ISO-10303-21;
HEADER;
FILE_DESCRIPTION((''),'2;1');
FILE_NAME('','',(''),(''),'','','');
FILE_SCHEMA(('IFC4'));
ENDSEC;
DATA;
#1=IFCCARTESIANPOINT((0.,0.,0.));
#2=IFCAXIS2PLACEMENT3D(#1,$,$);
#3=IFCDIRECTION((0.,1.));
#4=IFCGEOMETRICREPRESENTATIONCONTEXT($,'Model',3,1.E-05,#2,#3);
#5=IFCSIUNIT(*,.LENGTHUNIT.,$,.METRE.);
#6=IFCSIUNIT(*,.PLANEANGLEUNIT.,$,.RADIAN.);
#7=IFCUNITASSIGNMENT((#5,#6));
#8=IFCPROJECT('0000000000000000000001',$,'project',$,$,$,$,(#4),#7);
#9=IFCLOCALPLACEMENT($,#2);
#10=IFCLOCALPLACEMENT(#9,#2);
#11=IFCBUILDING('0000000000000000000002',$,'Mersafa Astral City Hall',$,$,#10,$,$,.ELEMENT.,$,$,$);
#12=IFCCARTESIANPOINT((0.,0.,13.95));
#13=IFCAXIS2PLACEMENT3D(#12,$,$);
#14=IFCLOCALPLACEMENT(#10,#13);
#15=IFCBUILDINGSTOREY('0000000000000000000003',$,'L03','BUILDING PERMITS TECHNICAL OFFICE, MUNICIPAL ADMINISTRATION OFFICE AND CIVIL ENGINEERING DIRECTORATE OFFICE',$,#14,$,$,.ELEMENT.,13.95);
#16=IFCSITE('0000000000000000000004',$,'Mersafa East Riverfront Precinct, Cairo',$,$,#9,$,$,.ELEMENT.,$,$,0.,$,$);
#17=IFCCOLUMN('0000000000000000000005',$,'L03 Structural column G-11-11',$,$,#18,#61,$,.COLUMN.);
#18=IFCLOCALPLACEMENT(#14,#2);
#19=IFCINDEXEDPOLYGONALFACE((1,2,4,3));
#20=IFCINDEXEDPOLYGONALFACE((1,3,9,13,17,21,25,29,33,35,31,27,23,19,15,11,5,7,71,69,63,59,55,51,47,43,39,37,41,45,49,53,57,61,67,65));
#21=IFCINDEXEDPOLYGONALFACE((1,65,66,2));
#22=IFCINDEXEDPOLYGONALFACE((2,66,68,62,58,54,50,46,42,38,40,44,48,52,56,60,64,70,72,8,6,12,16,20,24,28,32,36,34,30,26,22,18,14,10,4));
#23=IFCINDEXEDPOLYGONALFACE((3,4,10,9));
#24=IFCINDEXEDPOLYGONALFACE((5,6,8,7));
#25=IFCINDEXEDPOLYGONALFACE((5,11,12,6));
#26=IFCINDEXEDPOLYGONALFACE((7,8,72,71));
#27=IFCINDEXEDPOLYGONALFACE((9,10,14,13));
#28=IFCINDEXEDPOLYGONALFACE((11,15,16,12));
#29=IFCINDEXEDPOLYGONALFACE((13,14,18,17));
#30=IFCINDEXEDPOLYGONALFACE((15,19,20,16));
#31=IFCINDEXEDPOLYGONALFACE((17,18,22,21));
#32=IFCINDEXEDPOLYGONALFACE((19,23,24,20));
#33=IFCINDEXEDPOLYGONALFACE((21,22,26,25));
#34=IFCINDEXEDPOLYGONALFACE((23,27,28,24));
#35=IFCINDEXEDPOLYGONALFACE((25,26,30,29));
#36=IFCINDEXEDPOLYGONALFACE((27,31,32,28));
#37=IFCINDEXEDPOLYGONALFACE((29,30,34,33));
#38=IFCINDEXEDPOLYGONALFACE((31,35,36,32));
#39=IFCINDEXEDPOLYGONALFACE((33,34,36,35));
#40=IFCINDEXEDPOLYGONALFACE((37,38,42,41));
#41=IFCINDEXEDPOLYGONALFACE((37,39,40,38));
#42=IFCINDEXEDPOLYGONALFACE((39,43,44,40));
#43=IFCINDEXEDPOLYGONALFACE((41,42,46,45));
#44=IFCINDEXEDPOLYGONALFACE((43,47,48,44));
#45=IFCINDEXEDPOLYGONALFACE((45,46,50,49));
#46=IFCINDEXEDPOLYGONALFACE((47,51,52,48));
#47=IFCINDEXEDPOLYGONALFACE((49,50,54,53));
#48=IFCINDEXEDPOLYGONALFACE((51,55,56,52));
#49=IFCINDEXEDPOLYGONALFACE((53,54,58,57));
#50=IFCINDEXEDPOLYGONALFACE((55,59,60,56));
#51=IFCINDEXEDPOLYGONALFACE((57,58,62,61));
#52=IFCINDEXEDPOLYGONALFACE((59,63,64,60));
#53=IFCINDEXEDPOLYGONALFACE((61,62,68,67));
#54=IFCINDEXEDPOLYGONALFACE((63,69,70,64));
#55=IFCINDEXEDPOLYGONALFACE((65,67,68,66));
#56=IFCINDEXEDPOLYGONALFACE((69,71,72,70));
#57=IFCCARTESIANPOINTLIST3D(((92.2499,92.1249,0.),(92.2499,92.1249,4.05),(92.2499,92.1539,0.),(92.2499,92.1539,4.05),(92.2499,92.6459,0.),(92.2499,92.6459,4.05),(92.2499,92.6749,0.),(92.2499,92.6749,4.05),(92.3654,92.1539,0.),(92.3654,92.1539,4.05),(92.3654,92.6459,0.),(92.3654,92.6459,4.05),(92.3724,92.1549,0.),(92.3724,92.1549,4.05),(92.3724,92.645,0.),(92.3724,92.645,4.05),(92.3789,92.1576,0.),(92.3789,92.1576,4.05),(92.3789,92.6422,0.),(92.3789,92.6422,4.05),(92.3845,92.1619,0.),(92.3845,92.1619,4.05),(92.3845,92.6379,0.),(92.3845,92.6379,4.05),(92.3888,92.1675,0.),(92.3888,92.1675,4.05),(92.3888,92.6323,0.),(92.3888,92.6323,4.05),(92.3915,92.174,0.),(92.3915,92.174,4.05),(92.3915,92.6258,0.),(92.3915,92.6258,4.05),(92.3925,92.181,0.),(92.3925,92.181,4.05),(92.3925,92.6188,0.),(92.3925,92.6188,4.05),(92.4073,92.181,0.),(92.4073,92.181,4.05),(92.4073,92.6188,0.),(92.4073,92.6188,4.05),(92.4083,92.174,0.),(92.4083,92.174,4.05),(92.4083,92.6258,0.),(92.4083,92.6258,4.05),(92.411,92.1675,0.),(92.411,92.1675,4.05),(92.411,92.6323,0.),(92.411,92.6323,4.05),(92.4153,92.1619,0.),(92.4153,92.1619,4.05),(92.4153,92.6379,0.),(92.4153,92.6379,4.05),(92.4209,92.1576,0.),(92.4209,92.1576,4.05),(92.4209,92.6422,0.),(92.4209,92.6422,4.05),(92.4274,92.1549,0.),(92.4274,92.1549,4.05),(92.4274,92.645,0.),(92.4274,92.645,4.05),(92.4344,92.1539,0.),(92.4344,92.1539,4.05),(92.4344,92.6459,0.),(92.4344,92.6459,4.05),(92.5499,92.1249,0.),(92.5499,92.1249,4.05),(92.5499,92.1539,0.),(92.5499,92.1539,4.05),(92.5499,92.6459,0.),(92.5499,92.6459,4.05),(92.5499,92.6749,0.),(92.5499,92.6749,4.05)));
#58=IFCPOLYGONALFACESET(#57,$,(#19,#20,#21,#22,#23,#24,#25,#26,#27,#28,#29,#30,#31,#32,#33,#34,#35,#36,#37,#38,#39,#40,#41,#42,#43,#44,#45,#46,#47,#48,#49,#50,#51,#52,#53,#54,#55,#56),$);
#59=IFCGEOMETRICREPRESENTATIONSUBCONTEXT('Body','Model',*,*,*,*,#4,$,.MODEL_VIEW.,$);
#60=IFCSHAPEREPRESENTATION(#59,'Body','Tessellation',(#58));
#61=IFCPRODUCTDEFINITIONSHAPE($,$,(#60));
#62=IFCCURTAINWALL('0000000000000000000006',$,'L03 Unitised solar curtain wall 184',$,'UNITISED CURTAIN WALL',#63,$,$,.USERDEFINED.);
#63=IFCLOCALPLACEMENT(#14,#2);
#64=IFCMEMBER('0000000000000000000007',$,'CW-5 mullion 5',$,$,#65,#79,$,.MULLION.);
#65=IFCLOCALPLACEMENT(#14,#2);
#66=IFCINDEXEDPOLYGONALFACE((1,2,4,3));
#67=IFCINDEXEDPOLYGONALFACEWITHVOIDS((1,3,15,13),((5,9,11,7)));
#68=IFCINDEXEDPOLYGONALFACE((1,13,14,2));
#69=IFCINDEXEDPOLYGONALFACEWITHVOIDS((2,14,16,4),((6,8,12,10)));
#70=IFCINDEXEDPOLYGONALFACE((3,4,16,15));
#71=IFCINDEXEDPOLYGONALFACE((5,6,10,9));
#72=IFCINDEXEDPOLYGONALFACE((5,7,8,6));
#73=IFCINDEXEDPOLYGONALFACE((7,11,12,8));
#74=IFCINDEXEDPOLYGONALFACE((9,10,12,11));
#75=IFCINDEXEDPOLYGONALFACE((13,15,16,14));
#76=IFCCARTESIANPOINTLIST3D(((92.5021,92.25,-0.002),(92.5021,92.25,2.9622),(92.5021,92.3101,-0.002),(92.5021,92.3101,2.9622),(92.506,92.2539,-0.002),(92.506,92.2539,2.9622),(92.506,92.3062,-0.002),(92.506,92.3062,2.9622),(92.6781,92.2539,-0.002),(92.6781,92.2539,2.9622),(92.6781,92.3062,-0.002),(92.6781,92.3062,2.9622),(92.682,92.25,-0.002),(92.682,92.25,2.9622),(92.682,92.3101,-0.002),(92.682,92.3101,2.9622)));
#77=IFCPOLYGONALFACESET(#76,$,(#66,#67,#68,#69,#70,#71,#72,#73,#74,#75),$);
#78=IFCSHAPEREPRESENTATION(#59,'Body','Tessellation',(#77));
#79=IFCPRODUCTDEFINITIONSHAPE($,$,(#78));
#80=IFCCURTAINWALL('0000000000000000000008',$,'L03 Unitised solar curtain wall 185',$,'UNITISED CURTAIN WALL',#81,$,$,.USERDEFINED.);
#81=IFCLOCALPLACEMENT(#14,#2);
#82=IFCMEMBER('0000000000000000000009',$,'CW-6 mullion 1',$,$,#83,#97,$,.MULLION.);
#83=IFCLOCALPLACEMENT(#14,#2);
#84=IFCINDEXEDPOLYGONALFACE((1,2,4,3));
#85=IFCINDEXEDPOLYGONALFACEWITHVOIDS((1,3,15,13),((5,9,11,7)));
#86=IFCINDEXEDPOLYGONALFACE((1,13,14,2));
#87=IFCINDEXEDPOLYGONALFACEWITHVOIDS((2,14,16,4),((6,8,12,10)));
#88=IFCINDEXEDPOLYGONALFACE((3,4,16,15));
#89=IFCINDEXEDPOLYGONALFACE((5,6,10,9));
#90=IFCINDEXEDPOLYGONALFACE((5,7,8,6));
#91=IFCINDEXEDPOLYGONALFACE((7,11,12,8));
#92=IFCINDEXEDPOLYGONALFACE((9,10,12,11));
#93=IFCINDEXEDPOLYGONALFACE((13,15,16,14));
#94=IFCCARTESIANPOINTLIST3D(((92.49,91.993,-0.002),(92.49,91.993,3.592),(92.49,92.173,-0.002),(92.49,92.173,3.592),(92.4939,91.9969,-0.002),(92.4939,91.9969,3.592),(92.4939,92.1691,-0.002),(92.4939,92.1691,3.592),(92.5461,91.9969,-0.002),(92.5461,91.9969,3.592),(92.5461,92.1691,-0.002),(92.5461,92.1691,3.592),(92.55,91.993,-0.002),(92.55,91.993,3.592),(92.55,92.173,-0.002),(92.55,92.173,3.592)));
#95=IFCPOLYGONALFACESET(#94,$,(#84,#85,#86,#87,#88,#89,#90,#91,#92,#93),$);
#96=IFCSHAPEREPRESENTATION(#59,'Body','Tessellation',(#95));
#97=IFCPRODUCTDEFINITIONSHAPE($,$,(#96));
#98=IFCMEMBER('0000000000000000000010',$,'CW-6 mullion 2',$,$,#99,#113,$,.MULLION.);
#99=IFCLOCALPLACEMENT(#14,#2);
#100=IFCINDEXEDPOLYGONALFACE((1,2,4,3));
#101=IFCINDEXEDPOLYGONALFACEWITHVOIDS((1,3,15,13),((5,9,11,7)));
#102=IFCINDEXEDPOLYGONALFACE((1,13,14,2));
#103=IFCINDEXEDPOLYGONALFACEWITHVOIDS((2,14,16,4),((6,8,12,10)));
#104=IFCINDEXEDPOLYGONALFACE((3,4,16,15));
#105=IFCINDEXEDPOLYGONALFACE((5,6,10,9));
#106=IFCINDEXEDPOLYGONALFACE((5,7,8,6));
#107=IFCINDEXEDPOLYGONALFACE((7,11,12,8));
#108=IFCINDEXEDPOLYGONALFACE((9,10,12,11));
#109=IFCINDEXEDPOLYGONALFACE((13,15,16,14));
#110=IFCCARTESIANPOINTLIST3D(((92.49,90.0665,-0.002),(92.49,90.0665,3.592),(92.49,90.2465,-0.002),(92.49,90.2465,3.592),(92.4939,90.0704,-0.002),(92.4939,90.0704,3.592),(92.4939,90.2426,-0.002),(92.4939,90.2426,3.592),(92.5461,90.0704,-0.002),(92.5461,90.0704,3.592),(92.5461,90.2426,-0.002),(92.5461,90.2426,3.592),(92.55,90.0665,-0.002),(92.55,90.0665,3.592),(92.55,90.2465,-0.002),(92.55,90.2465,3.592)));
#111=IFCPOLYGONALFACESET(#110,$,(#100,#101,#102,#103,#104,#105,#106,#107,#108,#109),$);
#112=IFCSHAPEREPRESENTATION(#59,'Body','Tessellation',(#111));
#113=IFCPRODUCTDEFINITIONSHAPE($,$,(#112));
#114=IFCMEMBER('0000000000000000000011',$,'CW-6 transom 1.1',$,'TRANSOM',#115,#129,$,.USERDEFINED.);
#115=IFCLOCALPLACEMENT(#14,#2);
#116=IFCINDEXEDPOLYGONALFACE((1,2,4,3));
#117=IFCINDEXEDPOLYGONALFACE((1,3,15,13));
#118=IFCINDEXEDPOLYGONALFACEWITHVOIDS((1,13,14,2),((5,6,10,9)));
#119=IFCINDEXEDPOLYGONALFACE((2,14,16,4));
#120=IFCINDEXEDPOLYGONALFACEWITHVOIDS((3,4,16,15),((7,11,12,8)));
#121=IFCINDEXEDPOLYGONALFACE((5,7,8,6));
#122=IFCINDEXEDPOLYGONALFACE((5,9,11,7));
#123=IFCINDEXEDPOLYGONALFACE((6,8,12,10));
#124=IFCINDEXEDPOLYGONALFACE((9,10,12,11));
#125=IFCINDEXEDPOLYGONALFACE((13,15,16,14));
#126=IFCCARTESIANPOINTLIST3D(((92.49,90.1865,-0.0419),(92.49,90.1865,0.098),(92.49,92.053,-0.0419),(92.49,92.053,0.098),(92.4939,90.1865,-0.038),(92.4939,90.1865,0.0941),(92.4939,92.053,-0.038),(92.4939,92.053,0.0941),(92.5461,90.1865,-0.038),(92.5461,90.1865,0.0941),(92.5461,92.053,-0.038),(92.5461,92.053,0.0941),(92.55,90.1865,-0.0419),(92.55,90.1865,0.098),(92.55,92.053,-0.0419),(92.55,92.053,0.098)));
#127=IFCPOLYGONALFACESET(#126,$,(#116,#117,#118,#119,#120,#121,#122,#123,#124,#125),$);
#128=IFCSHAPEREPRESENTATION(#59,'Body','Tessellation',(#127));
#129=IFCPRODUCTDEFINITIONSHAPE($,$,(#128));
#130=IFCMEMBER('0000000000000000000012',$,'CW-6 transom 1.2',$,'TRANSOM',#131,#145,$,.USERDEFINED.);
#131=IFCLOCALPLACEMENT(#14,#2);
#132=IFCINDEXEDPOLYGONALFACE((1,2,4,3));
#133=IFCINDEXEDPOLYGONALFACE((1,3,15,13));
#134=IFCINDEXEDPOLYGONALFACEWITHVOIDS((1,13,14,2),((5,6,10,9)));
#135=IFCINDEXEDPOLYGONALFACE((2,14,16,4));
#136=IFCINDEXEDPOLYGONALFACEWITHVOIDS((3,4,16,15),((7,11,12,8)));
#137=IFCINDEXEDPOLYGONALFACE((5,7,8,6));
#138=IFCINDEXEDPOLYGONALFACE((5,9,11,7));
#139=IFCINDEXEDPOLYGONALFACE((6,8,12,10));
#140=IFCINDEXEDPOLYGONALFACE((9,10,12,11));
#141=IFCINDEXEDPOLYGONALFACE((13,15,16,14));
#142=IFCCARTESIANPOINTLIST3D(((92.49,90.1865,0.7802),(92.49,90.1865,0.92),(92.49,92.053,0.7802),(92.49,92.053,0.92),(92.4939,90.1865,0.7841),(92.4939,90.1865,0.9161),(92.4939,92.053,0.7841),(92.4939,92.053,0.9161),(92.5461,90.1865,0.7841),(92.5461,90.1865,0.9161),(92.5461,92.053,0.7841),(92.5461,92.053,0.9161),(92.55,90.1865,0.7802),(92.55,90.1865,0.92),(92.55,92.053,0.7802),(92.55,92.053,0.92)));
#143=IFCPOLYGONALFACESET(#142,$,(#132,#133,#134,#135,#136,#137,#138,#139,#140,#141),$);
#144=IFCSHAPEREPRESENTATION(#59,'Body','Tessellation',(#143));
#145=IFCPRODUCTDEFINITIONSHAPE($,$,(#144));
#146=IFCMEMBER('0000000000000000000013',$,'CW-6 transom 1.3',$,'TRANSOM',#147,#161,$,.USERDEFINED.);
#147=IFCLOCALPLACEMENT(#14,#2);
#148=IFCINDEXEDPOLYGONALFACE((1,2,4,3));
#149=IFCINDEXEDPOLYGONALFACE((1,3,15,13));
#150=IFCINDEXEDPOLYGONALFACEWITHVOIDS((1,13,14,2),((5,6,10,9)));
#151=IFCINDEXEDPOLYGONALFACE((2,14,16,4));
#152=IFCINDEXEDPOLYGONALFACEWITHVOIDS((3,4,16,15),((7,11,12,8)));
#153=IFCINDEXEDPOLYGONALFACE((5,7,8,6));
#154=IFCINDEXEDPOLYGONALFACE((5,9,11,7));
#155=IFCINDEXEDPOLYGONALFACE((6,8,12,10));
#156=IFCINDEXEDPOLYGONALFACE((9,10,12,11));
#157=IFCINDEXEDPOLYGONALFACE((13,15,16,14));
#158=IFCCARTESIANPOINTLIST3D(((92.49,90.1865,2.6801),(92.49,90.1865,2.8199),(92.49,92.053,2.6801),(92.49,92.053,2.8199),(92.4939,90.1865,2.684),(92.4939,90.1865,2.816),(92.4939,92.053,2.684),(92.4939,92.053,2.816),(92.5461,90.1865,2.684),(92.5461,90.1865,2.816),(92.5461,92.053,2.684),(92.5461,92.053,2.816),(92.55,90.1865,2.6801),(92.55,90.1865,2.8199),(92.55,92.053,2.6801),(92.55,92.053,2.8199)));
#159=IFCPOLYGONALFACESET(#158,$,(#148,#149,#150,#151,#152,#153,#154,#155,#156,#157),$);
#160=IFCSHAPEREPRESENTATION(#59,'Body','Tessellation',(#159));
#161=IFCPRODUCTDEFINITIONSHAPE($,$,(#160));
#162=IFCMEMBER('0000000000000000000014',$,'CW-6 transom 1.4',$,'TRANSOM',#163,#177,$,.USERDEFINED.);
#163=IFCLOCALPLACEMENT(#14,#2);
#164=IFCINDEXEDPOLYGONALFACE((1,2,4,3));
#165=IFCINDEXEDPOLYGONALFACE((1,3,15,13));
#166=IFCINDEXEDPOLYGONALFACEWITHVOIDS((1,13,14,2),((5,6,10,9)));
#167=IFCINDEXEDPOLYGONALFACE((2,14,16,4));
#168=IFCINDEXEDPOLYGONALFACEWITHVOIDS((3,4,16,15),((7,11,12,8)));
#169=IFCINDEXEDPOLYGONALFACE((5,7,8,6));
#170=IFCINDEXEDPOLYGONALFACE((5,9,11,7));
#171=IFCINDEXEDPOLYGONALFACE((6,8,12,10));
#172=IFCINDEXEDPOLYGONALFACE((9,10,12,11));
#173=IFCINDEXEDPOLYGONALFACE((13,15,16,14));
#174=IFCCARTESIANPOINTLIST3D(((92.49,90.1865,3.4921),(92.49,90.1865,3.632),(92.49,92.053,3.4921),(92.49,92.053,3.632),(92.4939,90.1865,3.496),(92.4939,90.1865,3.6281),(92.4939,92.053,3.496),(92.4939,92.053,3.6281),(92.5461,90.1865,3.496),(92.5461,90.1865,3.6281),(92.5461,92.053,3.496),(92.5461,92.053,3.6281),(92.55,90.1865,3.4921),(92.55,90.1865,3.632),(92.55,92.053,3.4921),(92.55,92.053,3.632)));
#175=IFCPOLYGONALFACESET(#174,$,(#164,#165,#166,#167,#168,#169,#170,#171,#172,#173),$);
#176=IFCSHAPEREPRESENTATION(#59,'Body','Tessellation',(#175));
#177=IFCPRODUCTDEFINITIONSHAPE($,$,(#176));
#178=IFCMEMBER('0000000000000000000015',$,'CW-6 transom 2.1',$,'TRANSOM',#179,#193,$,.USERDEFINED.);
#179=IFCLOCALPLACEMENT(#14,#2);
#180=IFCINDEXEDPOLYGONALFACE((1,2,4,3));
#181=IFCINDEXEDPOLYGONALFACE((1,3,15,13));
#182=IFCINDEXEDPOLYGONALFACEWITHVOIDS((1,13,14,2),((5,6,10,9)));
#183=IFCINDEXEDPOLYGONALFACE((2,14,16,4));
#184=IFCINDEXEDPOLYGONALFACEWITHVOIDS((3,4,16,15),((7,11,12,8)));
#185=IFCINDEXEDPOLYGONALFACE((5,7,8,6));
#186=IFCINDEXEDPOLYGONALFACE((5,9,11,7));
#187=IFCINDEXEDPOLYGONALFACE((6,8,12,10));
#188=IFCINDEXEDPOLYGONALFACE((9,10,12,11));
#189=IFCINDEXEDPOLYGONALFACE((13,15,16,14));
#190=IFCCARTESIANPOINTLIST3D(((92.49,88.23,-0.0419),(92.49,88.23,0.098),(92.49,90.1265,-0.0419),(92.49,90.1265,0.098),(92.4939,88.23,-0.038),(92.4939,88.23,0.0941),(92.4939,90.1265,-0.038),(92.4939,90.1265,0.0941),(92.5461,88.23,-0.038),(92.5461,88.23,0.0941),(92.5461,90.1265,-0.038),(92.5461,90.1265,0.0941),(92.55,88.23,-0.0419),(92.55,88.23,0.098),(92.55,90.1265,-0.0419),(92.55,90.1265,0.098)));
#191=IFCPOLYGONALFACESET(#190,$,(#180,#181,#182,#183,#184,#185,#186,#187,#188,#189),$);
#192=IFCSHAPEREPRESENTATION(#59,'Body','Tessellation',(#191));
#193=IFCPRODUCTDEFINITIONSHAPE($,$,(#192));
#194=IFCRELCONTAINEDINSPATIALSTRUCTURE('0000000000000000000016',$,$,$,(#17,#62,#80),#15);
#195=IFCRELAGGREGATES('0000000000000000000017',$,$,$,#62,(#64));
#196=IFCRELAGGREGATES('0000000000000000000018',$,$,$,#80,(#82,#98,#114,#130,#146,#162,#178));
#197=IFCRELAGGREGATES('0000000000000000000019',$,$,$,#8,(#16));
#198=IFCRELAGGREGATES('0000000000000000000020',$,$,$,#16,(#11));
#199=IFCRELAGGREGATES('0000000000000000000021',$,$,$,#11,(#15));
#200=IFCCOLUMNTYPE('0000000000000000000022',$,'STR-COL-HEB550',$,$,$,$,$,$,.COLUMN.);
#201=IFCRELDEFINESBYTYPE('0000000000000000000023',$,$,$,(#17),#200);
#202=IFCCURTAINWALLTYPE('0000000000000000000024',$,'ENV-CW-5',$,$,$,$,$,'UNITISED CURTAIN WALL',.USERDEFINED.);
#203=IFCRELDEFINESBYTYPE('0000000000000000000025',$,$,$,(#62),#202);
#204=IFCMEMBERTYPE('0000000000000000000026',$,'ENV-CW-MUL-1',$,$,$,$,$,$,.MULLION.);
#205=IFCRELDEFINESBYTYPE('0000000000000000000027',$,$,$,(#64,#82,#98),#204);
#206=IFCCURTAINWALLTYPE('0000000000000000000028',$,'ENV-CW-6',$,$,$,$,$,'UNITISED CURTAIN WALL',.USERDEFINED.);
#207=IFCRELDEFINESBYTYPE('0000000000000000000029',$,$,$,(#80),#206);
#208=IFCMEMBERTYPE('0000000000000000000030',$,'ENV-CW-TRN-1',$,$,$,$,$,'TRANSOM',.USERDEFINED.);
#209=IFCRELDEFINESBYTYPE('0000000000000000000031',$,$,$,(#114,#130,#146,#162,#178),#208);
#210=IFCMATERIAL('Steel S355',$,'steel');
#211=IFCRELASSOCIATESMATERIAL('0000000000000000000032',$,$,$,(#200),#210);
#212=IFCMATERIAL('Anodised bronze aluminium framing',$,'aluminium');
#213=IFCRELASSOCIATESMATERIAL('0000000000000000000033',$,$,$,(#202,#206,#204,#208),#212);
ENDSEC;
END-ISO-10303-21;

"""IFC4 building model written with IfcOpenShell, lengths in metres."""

from ifc_helpers import new_model, si_unit, direction, frame, origin, origin_2d, place, context, subcontext, project, spatial, hollow_rectangle, i_section, extrude, material, material_profile, profile_set, type_object, element, aggregate, save


model = new_model("IFC4")

# Units and contexts
model_context = context("Model", 3, precision=1e-05, world=origin(), true_north=direction((0.0, 1.0)))
body_context = subcontext(model_context, "Body", "Model", "MODEL_VIEW")
ifc_project = project(units=[si_unit("LENGTHUNIT", "METRE"), si_unit("PLANEANGLEUNIT", "RADIAN")], contexts=[model_context])

# Site, building, storey
site_placement = place(None, origin())
site = spatial("IfcSite", under=ifc_project, at=site_placement, Name="Mersafa East Riverfront Precinct, Cairo", CompositionType="ELEMENT", RefElevation=0.0)
building_placement = place(site_placement, origin())
building = spatial("IfcBuilding", under=site, at=building_placement, Name="Mersafa Astral City Hall", CompositionType="ELEMENT")
storey_placement = place(building_placement, frame((0.0, 0.0, 13.95)))
storey = spatial("IfcBuildingStorey", under=building, at=storey_placement, Name="L03", Description="BUILDING PERMITS TECHNICAL OFFICE, MUNICIPAL ADMINISTRATION OFFICE AND CIVIL ENGINEERING DIRECTORATE OFFICE", CompositionType="ELEMENT", Elevation=13.95)

# Column
ifc_material_1 = material(Name="Steel S355", Category="steel")
ifc_material_profile_1 = material_profile(ifc_material_1, i_section(OverallWidth=0.3, OverallDepth=0.55, WebThickness=0.0149, FlangeThickness=0.0291, FilletRadius=0.0271, at=origin_2d()), Name="HEB 550")
ifc_profile_set_1 = profile_set([ifc_material_profile_1], Name="Steel S355")
column_type = type_object("IfcColumnType", Name="STR-COL-HEB550", PredefinedType="COLUMN", material=ifc_profile_set_1)
column_placement = place(storey_placement, frame((92.3999, 92.3999, 0.0), z_axis=(0.0, 0.0, 1.0), x_axis=(1.0, 0.0, 0.0)))
element("IfcColumn", 1, at=column_placement, inside=storey, type_object=column_type, Name="L03 Structural column G-11-11", PredefinedType="COLUMN", context=body_context, shape_type="SweptSolid", body=[
    extrude(i_section(OverallWidth=0.3, OverallDepth=0.55, WebThickness=0.0149, FlangeThickness=0.0291, FilletRadius=0.0271, at=origin_2d()), origin(), (0.0, 0.0, 1.0), 4.05),
])

# Curtain wall, member
ifc_material_2 = material(Name="Anodised bronze aluminium framing", Category="aluminium")
curtain_wall_type_1 = type_object("IfcCurtainWallType", Name="ENV-CW-5", ElementType="UNITISED CURTAIN WALL", PredefinedType="USERDEFINED", material=ifc_material_2)
curtain_wall_1_placement = place(storey_placement, origin())
curtain_wall_1 = element("IfcCurtainWall", 2, at=curtain_wall_1_placement, inside=storey, type_object=curtain_wall_type_1, Name="L03 Unitised solar curtain wall 184", ObjectType="UNITISED CURTAIN WALL", PredefinedType="USERDEFINED")
ifc_material_profile_2 = material_profile(ifc_material_2, hollow_rectangle(XDim=0.0601, YDim=0.1799, WallThickness=0.0039, at=origin_2d()), Name="RHS 60x180x4")
ifc_profile_set_2 = profile_set([ifc_material_profile_2], Name="Anodised bronze aluminium framing")
member_type_1 = type_object("IfcMemberType", Name="ENV-CW-MUL-1", PredefinedType="MULLION", material=ifc_profile_set_2)
member_1_placement = place(storey_placement, frame((92.592, 92.28, -0.002), z_axis=(0.0, 0.0, 1.0), x_axis=(0.0, -1.0, 0.0)))
member_1 = element("IfcMember", 3, at=member_1_placement, type_object=member_type_1, Name="CW-5 mullion 5", PredefinedType="MULLION", context=body_context, shape_type="SweptSolid", body=[
    extrude(hollow_rectangle(XDim=0.0601, YDim=0.1799, WallThickness=0.0039, at=origin_2d()), origin(), (0.0, 0.0, 1.0), 2.9641),
])

# Curtain wall, members
curtain_wall_type_2 = type_object("IfcCurtainWallType", Name="ENV-CW-6", ElementType="UNITISED CURTAIN WALL", PredefinedType="USERDEFINED", material=ifc_material_2)
curtain_wall_2_placement = place(storey_placement, origin())
curtain_wall_2 = element("IfcCurtainWall", 4, at=curtain_wall_2_placement, inside=storey, type_object=curtain_wall_type_2, Name="L03 Unitised solar curtain wall 185", ObjectType="UNITISED CURTAIN WALL", PredefinedType="USERDEFINED")
member_2_placement = place(storey_placement, frame((92.52, 92.083, -0.002), z_axis=(0.0, 0.0, 1.0), x_axis=(1.0, 0.0, 0.0)))
member_2 = element("IfcMember", 5, at=member_2_placement, type_object=member_type_1, Name="CW-6 mullion 1", PredefinedType="MULLION", context=body_context, shape_type="SweptSolid", body=[
    extrude(hollow_rectangle(XDim=0.0601, YDim=0.1799, WallThickness=0.0039, at=origin_2d()), origin(), (0.0, 0.0, 1.0), 3.594),
])
member_3_placement = place(storey_placement, frame((92.52, 90.1565, -0.002), z_axis=(0.0, 0.0, 1.0), x_axis=(1.0, 0.0, 0.0)))
member_3 = element("IfcMember", 6, at=member_3_placement, type_object=member_type_1, Name="CW-6 mullion 2", PredefinedType="MULLION", context=body_context, shape_type="SweptSolid", body=[
    extrude(hollow_rectangle(XDim=0.0601, YDim=0.1799, WallThickness=0.0039, at=origin_2d()), origin(), (0.0, 0.0, 1.0), 3.594),
])
ifc_material_profile_3 = material_profile(ifc_material_2, hollow_rectangle(XDim=0.0601, YDim=0.1399, WallThickness=0.0039, at=origin_2d()), Name="RHS 60x140x4")
ifc_profile_set_3 = profile_set([ifc_material_profile_3], Name="Anodised bronze aluminium framing")
member_type_2 = type_object("IfcMemberType", Name="ENV-CW-TRN-1", ElementType="TRANSOM", PredefinedType="USERDEFINED", material=ifc_profile_set_3)
member_4_placement = place(storey_placement, frame((92.52, 92.053, 0.0281), z_axis=(0.0, -1.0, 0.0), x_axis=(1.0, 0.0, 0.0)))
member_4 = element("IfcMember", 7, at=member_4_placement, type_object=member_type_2, Name="CW-6 transom 1.1", ObjectType="TRANSOM", PredefinedType="USERDEFINED", context=body_context, shape_type="SweptSolid", body=[
    extrude(hollow_rectangle(XDim=0.0601, YDim=0.1399, WallThickness=0.0039, at=origin_2d()), origin(), (0.0, 0.0, 1.0), 1.8665),
])
member_5_placement = place(storey_placement, frame((92.52, 92.053, 0.8501), z_axis=(0.0, -1.0, 0.0), x_axis=(1.0, 0.0, 0.0)))
member_5 = element("IfcMember", 8, at=member_5_placement, type_object=member_type_2, Name="CW-6 transom 1.2", ObjectType="TRANSOM", PredefinedType="USERDEFINED", context=body_context, shape_type="SweptSolid", body=[
    extrude(hollow_rectangle(XDim=0.0601, YDim=0.1399, WallThickness=0.0039, at=origin_2d()), origin(), (0.0, 0.0, 1.0), 1.8665),
])
member_6_placement = place(storey_placement, frame((92.52, 92.053, 2.75), z_axis=(0.0, -1.0, 0.0), x_axis=(1.0, 0.0, 0.0)))
member_6 = element("IfcMember", 9, at=member_6_placement, type_object=member_type_2, Name="CW-6 transom 1.3", ObjectType="TRANSOM", PredefinedType="USERDEFINED", context=body_context, shape_type="SweptSolid", body=[
    extrude(hollow_rectangle(XDim=0.0601, YDim=0.1399, WallThickness=0.0039, at=origin_2d()), origin(), (0.0, 0.0, 1.0), 1.8665),
])
member_7_placement = place(storey_placement, frame((92.52, 92.053, 3.562), z_axis=(0.0, -1.0, 0.0), x_axis=(1.0, 0.0, 0.0)))
member_7 = element("IfcMember", 10, at=member_7_placement, type_object=member_type_2, Name="CW-6 transom 1.4", ObjectType="TRANSOM", PredefinedType="USERDEFINED", context=body_context, shape_type="SweptSolid", body=[
    extrude(hollow_rectangle(XDim=0.0601, YDim=0.1399, WallThickness=0.0039, at=origin_2d()), origin(), (0.0, 0.0, 1.0), 1.8665),
])
member_8_placement = place(storey_placement, frame((92.52, 90.1265, 0.0281), z_axis=(0.0, -1.0, 0.0), x_axis=(1.0, 0.0, 0.0)))
member_8 = element("IfcMember", 11, at=member_8_placement, type_object=member_type_2, Name="CW-6 transom 2.1", ObjectType="TRANSOM", PredefinedType="USERDEFINED", context=body_context, shape_type="SweptSolid", body=[
    extrude(hollow_rectangle(XDim=0.0601, YDim=0.1399, WallThickness=0.0039, at=origin_2d()), origin(), (0.0, 0.0, 1.0), 1.8965),
])

aggregate(curtain_wall_1, [member_1])
aggregate(curtain_wall_2, [member_2, member_3, member_4, member_5, member_6, member_7, member_8])

save(model, "model.ifc")
